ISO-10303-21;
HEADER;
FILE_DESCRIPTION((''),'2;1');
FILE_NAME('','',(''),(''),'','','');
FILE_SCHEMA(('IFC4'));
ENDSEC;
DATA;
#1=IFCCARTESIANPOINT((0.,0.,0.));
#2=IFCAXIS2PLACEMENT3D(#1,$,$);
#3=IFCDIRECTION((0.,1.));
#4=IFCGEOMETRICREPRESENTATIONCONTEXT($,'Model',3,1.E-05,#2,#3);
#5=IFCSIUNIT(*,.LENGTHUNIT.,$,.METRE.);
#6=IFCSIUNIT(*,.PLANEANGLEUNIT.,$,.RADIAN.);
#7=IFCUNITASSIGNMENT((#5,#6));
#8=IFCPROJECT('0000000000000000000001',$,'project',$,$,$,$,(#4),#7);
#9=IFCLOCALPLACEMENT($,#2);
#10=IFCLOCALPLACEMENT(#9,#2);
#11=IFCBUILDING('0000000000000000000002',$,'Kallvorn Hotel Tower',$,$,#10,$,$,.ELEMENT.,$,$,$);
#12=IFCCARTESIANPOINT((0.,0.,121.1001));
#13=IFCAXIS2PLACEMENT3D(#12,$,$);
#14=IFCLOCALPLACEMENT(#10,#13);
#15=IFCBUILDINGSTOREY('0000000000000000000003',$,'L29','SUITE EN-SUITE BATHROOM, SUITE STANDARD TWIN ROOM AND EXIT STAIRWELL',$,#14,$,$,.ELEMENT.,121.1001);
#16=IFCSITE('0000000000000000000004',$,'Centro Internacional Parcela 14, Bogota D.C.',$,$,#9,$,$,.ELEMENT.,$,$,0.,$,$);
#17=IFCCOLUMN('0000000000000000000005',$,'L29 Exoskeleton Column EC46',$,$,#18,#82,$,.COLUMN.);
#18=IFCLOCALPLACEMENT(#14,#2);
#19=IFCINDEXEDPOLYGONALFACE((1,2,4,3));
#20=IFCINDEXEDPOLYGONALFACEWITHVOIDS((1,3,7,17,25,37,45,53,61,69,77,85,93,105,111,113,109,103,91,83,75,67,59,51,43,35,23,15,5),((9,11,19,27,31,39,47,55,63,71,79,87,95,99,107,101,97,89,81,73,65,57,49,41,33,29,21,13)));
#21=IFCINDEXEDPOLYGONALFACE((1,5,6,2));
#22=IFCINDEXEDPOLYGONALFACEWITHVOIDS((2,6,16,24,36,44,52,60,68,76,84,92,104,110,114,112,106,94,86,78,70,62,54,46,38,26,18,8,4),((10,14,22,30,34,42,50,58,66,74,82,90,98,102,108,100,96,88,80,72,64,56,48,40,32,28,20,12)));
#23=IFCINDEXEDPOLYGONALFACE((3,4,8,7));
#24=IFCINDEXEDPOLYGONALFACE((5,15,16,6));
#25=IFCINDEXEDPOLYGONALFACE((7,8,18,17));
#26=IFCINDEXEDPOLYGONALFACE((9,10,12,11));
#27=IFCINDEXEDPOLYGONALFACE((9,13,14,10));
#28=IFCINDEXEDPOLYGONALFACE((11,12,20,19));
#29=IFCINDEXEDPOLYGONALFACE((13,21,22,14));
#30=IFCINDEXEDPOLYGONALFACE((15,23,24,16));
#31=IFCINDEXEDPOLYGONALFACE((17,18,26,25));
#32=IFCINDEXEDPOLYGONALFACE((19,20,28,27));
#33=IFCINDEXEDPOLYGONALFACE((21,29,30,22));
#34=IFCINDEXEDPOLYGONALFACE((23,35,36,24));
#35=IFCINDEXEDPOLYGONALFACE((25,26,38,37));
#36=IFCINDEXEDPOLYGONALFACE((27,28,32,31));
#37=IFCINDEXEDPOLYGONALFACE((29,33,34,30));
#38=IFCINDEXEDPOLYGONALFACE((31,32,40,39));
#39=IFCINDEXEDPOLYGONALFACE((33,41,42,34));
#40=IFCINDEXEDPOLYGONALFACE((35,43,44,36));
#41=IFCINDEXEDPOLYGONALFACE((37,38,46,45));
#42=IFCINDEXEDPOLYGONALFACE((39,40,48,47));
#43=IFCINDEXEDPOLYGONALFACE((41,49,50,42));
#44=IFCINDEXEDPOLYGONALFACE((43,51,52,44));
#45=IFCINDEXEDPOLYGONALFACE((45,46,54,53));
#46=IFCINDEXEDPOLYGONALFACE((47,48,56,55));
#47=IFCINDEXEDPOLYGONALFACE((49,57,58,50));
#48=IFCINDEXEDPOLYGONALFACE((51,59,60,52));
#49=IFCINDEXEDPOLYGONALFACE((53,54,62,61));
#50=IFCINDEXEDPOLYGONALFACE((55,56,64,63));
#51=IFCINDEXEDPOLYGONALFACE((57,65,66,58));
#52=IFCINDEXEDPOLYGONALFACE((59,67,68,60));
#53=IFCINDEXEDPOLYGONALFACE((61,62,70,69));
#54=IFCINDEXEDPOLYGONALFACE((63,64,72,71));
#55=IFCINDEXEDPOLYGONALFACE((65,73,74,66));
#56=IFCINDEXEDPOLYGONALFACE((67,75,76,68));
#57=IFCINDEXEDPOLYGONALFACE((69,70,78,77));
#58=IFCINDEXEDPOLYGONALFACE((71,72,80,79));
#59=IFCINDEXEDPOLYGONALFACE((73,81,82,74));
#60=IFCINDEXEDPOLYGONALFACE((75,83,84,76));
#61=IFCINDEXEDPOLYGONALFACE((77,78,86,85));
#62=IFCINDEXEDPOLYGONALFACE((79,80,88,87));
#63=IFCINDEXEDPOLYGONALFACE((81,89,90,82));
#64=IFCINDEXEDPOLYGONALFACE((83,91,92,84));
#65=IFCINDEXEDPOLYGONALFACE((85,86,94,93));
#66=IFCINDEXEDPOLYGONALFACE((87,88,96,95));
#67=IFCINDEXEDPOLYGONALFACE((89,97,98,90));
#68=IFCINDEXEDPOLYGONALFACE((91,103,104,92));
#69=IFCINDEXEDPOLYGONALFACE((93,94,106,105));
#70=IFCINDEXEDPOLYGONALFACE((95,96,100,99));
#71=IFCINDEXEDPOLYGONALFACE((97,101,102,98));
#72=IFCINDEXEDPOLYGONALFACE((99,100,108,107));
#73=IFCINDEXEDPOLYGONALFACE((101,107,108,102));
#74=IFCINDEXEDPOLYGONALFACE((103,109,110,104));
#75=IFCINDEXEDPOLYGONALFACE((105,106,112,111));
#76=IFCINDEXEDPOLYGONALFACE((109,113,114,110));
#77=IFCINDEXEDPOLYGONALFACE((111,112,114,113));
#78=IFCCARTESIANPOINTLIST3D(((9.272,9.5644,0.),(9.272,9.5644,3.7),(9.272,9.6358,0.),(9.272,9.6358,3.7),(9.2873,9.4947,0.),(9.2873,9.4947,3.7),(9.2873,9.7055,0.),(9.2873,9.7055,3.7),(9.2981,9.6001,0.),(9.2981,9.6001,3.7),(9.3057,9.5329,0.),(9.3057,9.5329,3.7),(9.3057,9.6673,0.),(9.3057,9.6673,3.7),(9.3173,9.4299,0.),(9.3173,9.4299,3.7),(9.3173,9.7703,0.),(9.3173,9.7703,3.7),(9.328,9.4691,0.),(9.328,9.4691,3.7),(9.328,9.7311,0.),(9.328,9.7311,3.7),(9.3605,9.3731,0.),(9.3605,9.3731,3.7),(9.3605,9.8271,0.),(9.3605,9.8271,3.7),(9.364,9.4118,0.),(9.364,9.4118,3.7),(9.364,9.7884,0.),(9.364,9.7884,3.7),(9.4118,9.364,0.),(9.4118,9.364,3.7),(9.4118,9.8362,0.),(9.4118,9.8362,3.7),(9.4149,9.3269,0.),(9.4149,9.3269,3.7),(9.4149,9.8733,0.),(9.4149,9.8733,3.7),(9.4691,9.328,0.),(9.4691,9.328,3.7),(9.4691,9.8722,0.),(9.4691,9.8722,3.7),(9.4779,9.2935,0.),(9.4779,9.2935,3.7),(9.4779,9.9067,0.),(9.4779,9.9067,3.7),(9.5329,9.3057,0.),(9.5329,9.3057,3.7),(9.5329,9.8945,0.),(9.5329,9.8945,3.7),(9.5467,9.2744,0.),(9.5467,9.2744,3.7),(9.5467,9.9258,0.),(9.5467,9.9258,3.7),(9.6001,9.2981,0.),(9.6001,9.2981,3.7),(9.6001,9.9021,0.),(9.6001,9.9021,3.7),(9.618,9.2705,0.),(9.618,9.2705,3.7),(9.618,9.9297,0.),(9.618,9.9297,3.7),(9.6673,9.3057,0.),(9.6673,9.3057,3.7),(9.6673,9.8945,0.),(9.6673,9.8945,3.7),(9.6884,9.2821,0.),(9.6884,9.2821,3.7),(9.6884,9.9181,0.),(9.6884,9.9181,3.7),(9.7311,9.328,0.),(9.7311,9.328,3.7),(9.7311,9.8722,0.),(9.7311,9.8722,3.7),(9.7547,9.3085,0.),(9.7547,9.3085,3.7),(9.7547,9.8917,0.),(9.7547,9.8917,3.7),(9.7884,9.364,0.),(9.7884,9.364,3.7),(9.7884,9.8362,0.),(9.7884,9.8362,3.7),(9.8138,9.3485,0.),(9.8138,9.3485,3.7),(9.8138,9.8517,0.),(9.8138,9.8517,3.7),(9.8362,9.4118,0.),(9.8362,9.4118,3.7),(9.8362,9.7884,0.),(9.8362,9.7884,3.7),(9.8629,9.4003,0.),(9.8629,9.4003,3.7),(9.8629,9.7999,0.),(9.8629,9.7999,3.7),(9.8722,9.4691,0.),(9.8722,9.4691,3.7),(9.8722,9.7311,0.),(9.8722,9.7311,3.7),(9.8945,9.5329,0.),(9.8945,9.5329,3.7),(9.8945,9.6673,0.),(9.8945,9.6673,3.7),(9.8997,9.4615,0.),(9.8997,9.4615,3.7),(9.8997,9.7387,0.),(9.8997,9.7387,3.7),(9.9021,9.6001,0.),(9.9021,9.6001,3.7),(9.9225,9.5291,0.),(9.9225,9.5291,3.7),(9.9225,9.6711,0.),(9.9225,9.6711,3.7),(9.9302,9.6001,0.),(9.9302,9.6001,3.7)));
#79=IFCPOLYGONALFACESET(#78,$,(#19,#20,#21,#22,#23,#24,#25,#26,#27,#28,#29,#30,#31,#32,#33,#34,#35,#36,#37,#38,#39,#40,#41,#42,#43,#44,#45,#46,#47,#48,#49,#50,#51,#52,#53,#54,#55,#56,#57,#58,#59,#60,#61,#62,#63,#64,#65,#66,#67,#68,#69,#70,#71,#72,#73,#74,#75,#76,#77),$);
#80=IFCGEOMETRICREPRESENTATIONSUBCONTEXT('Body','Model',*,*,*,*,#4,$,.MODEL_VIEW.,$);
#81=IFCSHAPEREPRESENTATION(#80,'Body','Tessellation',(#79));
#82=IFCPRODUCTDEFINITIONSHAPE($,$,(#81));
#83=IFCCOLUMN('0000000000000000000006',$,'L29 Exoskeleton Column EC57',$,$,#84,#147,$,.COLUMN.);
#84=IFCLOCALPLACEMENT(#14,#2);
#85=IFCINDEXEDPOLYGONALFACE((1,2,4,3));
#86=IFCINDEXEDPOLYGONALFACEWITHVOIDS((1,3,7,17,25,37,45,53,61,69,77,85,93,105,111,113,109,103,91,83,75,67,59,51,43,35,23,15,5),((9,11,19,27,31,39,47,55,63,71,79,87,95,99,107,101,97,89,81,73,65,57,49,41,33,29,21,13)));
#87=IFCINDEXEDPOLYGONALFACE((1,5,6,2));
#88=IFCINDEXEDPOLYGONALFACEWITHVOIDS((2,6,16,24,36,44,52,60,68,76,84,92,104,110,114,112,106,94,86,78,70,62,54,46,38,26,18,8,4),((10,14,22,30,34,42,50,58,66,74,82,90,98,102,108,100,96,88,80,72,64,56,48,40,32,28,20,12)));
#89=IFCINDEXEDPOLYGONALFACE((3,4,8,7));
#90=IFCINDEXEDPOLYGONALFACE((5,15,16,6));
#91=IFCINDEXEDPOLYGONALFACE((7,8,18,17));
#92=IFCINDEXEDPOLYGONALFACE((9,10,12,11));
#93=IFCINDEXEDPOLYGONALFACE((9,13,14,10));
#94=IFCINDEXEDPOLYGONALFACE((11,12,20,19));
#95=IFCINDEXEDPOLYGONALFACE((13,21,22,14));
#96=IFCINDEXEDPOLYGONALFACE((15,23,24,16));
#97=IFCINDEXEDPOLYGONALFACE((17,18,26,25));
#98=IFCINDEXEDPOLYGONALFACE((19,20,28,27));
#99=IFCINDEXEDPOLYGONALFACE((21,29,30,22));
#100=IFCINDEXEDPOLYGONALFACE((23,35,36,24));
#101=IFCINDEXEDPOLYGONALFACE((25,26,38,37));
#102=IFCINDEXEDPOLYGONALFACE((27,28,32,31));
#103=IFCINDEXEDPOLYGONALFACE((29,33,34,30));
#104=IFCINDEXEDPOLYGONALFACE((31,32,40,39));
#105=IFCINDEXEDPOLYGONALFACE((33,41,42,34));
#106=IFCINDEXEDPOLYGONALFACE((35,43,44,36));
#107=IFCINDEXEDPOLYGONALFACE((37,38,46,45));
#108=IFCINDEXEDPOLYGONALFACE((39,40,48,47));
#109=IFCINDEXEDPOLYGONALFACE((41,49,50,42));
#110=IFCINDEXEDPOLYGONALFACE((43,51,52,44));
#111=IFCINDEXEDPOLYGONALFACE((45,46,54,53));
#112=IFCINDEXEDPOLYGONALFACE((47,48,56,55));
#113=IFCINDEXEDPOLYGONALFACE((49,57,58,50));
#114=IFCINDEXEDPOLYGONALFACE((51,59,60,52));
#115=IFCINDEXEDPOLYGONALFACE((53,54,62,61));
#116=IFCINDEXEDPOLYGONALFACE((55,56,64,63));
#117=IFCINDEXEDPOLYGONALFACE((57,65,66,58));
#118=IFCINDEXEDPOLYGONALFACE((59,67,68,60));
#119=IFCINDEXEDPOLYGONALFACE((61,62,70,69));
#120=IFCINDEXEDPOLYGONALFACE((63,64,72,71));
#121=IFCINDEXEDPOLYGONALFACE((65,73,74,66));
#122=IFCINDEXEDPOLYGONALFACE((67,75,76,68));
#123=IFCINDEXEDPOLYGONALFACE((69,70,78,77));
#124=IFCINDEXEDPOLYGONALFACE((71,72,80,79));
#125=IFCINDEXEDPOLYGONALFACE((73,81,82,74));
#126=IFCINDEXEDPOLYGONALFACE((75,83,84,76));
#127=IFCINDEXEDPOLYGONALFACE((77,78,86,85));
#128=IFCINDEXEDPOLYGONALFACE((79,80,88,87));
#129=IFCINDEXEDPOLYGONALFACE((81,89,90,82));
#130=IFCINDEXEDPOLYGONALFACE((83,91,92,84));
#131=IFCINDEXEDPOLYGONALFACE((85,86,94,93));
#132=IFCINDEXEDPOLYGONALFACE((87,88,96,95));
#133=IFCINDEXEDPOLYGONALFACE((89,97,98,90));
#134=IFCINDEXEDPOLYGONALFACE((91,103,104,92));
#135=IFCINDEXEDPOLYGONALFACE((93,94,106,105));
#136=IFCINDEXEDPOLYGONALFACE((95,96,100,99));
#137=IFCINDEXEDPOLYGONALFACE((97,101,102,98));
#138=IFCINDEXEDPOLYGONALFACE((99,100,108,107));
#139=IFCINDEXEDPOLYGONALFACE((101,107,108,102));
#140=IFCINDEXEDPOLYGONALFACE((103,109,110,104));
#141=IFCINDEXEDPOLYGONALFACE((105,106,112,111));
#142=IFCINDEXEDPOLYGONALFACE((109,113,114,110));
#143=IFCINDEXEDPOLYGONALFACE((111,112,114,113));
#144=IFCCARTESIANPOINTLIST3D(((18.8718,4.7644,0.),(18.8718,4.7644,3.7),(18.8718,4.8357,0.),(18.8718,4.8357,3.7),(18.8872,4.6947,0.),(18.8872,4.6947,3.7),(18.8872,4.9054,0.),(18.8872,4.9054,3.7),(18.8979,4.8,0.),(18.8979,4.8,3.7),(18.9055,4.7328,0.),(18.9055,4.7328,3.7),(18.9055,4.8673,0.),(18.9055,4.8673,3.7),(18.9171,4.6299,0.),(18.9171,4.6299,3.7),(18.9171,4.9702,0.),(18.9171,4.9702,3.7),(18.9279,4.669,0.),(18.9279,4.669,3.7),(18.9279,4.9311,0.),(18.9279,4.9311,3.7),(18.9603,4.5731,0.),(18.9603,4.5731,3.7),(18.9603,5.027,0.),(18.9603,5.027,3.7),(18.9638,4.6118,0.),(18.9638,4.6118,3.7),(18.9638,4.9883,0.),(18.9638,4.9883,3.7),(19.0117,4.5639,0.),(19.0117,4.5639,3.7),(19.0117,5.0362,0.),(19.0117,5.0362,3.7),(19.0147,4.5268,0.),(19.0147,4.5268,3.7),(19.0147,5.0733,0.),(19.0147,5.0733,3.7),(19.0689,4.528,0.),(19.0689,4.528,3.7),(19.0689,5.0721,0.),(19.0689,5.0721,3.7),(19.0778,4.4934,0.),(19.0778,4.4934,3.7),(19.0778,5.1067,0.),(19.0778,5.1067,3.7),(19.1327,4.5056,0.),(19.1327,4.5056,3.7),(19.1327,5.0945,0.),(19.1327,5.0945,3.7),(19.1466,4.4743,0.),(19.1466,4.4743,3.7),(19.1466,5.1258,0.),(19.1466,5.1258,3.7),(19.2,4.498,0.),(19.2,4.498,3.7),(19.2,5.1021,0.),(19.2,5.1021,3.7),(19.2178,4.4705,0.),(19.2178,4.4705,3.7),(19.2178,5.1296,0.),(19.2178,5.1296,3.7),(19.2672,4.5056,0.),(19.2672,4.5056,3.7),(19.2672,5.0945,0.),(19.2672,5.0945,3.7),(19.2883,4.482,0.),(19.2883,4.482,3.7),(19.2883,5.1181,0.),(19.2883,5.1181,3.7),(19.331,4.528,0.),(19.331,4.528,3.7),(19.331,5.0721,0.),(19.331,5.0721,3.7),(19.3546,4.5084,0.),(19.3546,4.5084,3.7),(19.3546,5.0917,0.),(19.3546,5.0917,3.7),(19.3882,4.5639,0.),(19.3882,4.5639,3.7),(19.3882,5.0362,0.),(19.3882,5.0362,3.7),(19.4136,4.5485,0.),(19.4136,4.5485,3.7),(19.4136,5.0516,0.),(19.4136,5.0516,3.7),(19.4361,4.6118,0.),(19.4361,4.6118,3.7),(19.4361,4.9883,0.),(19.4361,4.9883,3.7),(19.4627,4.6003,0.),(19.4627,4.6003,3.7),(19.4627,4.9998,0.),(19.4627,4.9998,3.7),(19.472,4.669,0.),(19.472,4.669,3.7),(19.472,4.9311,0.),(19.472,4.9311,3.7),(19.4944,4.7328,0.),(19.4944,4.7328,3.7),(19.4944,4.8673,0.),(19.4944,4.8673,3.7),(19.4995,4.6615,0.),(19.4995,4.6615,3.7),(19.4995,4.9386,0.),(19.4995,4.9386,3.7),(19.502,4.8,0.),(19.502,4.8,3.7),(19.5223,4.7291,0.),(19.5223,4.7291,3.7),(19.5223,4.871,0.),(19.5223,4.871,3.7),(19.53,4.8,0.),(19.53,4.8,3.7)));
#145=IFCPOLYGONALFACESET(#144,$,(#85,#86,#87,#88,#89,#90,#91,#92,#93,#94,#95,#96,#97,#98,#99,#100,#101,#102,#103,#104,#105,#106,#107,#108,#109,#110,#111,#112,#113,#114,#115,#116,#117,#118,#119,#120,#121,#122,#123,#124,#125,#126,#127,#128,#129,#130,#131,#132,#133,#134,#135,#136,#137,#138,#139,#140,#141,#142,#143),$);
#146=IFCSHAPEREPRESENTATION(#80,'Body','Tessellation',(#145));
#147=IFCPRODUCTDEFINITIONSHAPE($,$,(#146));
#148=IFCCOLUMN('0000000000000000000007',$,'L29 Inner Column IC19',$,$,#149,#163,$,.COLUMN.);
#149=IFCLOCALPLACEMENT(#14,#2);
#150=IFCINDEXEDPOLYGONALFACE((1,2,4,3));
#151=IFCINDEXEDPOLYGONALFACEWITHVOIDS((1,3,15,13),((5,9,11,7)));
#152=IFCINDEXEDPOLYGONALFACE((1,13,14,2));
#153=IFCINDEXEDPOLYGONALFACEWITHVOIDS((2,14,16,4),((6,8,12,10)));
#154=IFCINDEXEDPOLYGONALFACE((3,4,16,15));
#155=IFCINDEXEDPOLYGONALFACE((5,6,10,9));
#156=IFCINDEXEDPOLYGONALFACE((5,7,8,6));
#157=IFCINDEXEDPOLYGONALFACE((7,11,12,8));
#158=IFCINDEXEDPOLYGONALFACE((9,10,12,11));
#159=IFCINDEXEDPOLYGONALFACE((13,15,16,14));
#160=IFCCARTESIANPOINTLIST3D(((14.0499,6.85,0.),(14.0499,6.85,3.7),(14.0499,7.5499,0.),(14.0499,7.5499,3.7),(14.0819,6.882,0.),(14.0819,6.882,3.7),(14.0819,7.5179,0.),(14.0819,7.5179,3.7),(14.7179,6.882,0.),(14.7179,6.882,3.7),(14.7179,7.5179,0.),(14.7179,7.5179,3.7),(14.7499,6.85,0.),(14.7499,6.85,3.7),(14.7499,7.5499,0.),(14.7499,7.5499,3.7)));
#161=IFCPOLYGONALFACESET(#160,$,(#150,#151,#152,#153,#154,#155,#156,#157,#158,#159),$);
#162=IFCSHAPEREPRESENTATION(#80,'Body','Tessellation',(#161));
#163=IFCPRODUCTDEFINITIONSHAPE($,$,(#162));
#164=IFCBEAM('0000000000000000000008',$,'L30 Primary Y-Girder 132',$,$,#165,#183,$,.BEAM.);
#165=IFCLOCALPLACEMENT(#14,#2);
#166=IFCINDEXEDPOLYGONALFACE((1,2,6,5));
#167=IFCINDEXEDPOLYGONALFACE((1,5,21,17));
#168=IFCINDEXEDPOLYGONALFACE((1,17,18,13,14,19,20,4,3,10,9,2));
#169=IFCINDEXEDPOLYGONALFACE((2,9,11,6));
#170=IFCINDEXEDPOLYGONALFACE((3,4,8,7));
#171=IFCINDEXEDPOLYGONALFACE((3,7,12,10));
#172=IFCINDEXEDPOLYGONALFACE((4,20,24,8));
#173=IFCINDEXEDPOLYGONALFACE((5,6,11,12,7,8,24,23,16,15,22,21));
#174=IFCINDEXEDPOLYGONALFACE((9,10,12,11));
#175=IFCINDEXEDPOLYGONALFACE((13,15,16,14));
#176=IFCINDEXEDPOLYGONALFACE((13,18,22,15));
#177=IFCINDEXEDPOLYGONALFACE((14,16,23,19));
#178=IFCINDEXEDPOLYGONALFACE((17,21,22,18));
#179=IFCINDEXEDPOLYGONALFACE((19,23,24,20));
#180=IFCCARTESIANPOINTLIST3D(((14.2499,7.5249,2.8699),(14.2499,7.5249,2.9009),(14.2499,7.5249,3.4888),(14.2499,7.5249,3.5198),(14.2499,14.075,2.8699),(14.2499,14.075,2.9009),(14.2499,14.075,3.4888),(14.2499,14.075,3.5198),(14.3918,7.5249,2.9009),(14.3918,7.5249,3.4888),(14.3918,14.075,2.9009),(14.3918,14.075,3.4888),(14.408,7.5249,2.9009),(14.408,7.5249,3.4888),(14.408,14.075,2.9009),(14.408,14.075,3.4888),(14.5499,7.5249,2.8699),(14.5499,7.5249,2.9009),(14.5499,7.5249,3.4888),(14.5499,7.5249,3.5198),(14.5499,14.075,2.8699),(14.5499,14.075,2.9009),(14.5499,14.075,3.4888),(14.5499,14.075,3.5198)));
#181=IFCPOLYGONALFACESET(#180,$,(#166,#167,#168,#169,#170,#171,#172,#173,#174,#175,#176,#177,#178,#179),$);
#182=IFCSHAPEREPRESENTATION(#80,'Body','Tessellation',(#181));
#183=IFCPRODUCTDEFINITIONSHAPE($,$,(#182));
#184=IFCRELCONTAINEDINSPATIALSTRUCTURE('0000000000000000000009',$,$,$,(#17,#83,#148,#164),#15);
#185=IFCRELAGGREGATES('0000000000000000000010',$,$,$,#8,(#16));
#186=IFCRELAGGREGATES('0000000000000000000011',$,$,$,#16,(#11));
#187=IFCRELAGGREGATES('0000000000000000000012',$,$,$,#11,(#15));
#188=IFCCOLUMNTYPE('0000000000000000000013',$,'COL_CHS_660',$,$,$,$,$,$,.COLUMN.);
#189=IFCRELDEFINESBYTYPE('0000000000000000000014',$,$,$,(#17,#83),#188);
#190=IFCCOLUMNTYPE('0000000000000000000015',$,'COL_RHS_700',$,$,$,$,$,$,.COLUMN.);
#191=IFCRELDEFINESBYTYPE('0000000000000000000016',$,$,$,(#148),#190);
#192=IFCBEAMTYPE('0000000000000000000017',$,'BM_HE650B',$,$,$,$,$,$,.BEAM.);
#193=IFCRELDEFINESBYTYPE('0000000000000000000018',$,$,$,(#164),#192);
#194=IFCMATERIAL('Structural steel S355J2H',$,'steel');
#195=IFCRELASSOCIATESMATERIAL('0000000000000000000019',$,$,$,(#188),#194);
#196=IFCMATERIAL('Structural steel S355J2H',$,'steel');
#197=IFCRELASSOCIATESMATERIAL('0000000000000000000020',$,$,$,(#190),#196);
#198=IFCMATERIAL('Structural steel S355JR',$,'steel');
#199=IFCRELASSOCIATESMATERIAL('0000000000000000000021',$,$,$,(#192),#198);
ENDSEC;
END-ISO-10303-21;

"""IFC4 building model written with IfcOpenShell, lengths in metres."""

from ifc_helpers import new_model, si_unit, direction, frame, origin, origin_2d, place, context, subcontext, project, spatial, hollow_rectangle, hollow_circle, i_section, extrude, material, material_profile, profile_set, type_object, element, save


model = new_model("IFC4")

# Units and contexts
model_context = context("Model", 3, precision=1e-05, world=origin(), true_north=direction((0.0, 1.0)))
body_context = subcontext(model_context, "Body", "Model", "MODEL_VIEW")
ifc_project = project(units=[si_unit("LENGTHUNIT", "METRE"), si_unit("PLANEANGLEUNIT", "RADIAN")], contexts=[model_context])

# Site, building, storey
site_placement = place(None, origin())
site = spatial("IfcSite", under=ifc_project, at=site_placement, Name="Centro Internacional Parcela 14, Bogota D.C.", CompositionType="ELEMENT", RefElevation=0.0)
building_placement = place(site_placement, origin())
building = spatial("IfcBuilding", under=site, at=building_placement, Name="Kallvorn Hotel Tower", CompositionType="ELEMENT")
storey_placement = place(building_placement, frame((0.0, 0.0, 121.1001)))
storey = spatial("IfcBuildingStorey", under=building, at=storey_placement, Name="L29", Description="SUITE EN-SUITE BATHROOM, SUITE STANDARD TWIN ROOM AND EXIT STAIRWELL", CompositionType="ELEMENT", Elevation=121.1001)

# Columns
ifc_material_1 = material(Name="Structural steel S355J2H", Category="steel")
ifc_material_profile_1 = material_profile(ifc_material_1, hollow_circle(Radius=0.3301, WallThickness=0.0281, at=origin_2d()), Name="CHS 660x28")
ifc_profile_set_1 = profile_set([ifc_material_profile_1], Name="Structural steel S355J2H")
column_type_1 = type_object("IfcColumnType", Name="COL_CHS_660", PredefinedType="COLUMN", material=ifc_profile_set_1)
for number, where, z_axis, x_axis, name in (
    (1, (9.6001, 9.6001, 0.0), (0.0, 0.0, 1.0), (1.0, 0.0, 0.0), "L29 Exoskeleton Column EC46"),
    (2, (19.2, 4.8, 0.0), (0.0, 0.0, 1.0), (1.0, 0.0, 0.0), "L29 Exoskeleton Column EC57"),
):
    element("IfcColumn", number, at=place(storey_placement, frame(where, z_axis=z_axis, x_axis=x_axis)), inside=storey, type_object=column_type_1, Name=name, PredefinedType="COLUMN", context=body_context, shape_type="SweptSolid", body=[
        extrude(hollow_circle(Radius=0.3301, WallThickness=0.0281, at=origin_2d()), origin(), (0.0, 0.0, 1.0), 3.7),
    ])
ifc_material_2 = material(Name="Structural steel S355J2H", Category="steel")
ifc_material_profile_2 = material_profile(ifc_material_2, hollow_rectangle(XDim=0.7, YDim=0.7, WallThickness=0.032, at=origin_2d()), Name="RHS 700x700x32")
ifc_profile_set_2 = profile_set([ifc_material_profile_2], Name="Structural steel S355J2H")
column_type_2 = type_object("IfcColumnType", Name="COL_RHS_700", PredefinedType="COLUMN", material=ifc_profile_set_2)
column_placement = place(storey_placement, frame((14.3999, 7.2, 0.0), z_axis=(0.0, 0.0, 1.0), x_axis=(1.0, 0.0, 0.0)))
element("IfcColumn", 3, at=column_placement, inside=storey, type_object=column_type_2, Name="L29 Inner Column IC19", PredefinedType="COLUMN", context=body_context, shape_type="SweptSolid", body=[
    extrude(hollow_rectangle(XDim=0.7, YDim=0.7, WallThickness=0.032, at=origin_2d()), origin(), (0.0, 0.0, 1.0), 3.7),
])

# Beam
ifc_material_3 = material(Name="Structural steel S355JR", Category="steel")
ifc_material_profile_3 = material_profile(ifc_material_3, i_section(OverallWidth=0.3, OverallDepth=0.6499, WebThickness=0.0161, FlangeThickness=0.031, at=origin_2d()), Name="HE 650 B")
ifc_profile_set_3 = profile_set([ifc_material_profile_3], Name="Structural steel S355JR")
beam_type_1 = type_object("IfcBeamType", Name="BM_HE650B", PredefinedType="BEAM", material=ifc_profile_set_3)
beam_1_placement = place(storey_placement, frame((14.3999, 7.5249, 3.1948), z_axis=(0.0, 1.0, 0.0), x_axis=(-1.0, 0.0, 0.0)))
element("IfcBeam", 4, at=beam_1_placement, inside=storey, type_object=beam_type_1, Name="L30 Primary Y-Girder 132", PredefinedType="BEAM", context=body_context, shape_type="SweptSolid", body=[
    extrude(i_section(OverallWidth=0.3, OverallDepth=0.6499, WebThickness=0.0161, FlangeThickness=0.031, at=origin_2d()), origin(), (0.0, 0.0, 1.0), 6.55),
])

save(model, "model.ifc")
